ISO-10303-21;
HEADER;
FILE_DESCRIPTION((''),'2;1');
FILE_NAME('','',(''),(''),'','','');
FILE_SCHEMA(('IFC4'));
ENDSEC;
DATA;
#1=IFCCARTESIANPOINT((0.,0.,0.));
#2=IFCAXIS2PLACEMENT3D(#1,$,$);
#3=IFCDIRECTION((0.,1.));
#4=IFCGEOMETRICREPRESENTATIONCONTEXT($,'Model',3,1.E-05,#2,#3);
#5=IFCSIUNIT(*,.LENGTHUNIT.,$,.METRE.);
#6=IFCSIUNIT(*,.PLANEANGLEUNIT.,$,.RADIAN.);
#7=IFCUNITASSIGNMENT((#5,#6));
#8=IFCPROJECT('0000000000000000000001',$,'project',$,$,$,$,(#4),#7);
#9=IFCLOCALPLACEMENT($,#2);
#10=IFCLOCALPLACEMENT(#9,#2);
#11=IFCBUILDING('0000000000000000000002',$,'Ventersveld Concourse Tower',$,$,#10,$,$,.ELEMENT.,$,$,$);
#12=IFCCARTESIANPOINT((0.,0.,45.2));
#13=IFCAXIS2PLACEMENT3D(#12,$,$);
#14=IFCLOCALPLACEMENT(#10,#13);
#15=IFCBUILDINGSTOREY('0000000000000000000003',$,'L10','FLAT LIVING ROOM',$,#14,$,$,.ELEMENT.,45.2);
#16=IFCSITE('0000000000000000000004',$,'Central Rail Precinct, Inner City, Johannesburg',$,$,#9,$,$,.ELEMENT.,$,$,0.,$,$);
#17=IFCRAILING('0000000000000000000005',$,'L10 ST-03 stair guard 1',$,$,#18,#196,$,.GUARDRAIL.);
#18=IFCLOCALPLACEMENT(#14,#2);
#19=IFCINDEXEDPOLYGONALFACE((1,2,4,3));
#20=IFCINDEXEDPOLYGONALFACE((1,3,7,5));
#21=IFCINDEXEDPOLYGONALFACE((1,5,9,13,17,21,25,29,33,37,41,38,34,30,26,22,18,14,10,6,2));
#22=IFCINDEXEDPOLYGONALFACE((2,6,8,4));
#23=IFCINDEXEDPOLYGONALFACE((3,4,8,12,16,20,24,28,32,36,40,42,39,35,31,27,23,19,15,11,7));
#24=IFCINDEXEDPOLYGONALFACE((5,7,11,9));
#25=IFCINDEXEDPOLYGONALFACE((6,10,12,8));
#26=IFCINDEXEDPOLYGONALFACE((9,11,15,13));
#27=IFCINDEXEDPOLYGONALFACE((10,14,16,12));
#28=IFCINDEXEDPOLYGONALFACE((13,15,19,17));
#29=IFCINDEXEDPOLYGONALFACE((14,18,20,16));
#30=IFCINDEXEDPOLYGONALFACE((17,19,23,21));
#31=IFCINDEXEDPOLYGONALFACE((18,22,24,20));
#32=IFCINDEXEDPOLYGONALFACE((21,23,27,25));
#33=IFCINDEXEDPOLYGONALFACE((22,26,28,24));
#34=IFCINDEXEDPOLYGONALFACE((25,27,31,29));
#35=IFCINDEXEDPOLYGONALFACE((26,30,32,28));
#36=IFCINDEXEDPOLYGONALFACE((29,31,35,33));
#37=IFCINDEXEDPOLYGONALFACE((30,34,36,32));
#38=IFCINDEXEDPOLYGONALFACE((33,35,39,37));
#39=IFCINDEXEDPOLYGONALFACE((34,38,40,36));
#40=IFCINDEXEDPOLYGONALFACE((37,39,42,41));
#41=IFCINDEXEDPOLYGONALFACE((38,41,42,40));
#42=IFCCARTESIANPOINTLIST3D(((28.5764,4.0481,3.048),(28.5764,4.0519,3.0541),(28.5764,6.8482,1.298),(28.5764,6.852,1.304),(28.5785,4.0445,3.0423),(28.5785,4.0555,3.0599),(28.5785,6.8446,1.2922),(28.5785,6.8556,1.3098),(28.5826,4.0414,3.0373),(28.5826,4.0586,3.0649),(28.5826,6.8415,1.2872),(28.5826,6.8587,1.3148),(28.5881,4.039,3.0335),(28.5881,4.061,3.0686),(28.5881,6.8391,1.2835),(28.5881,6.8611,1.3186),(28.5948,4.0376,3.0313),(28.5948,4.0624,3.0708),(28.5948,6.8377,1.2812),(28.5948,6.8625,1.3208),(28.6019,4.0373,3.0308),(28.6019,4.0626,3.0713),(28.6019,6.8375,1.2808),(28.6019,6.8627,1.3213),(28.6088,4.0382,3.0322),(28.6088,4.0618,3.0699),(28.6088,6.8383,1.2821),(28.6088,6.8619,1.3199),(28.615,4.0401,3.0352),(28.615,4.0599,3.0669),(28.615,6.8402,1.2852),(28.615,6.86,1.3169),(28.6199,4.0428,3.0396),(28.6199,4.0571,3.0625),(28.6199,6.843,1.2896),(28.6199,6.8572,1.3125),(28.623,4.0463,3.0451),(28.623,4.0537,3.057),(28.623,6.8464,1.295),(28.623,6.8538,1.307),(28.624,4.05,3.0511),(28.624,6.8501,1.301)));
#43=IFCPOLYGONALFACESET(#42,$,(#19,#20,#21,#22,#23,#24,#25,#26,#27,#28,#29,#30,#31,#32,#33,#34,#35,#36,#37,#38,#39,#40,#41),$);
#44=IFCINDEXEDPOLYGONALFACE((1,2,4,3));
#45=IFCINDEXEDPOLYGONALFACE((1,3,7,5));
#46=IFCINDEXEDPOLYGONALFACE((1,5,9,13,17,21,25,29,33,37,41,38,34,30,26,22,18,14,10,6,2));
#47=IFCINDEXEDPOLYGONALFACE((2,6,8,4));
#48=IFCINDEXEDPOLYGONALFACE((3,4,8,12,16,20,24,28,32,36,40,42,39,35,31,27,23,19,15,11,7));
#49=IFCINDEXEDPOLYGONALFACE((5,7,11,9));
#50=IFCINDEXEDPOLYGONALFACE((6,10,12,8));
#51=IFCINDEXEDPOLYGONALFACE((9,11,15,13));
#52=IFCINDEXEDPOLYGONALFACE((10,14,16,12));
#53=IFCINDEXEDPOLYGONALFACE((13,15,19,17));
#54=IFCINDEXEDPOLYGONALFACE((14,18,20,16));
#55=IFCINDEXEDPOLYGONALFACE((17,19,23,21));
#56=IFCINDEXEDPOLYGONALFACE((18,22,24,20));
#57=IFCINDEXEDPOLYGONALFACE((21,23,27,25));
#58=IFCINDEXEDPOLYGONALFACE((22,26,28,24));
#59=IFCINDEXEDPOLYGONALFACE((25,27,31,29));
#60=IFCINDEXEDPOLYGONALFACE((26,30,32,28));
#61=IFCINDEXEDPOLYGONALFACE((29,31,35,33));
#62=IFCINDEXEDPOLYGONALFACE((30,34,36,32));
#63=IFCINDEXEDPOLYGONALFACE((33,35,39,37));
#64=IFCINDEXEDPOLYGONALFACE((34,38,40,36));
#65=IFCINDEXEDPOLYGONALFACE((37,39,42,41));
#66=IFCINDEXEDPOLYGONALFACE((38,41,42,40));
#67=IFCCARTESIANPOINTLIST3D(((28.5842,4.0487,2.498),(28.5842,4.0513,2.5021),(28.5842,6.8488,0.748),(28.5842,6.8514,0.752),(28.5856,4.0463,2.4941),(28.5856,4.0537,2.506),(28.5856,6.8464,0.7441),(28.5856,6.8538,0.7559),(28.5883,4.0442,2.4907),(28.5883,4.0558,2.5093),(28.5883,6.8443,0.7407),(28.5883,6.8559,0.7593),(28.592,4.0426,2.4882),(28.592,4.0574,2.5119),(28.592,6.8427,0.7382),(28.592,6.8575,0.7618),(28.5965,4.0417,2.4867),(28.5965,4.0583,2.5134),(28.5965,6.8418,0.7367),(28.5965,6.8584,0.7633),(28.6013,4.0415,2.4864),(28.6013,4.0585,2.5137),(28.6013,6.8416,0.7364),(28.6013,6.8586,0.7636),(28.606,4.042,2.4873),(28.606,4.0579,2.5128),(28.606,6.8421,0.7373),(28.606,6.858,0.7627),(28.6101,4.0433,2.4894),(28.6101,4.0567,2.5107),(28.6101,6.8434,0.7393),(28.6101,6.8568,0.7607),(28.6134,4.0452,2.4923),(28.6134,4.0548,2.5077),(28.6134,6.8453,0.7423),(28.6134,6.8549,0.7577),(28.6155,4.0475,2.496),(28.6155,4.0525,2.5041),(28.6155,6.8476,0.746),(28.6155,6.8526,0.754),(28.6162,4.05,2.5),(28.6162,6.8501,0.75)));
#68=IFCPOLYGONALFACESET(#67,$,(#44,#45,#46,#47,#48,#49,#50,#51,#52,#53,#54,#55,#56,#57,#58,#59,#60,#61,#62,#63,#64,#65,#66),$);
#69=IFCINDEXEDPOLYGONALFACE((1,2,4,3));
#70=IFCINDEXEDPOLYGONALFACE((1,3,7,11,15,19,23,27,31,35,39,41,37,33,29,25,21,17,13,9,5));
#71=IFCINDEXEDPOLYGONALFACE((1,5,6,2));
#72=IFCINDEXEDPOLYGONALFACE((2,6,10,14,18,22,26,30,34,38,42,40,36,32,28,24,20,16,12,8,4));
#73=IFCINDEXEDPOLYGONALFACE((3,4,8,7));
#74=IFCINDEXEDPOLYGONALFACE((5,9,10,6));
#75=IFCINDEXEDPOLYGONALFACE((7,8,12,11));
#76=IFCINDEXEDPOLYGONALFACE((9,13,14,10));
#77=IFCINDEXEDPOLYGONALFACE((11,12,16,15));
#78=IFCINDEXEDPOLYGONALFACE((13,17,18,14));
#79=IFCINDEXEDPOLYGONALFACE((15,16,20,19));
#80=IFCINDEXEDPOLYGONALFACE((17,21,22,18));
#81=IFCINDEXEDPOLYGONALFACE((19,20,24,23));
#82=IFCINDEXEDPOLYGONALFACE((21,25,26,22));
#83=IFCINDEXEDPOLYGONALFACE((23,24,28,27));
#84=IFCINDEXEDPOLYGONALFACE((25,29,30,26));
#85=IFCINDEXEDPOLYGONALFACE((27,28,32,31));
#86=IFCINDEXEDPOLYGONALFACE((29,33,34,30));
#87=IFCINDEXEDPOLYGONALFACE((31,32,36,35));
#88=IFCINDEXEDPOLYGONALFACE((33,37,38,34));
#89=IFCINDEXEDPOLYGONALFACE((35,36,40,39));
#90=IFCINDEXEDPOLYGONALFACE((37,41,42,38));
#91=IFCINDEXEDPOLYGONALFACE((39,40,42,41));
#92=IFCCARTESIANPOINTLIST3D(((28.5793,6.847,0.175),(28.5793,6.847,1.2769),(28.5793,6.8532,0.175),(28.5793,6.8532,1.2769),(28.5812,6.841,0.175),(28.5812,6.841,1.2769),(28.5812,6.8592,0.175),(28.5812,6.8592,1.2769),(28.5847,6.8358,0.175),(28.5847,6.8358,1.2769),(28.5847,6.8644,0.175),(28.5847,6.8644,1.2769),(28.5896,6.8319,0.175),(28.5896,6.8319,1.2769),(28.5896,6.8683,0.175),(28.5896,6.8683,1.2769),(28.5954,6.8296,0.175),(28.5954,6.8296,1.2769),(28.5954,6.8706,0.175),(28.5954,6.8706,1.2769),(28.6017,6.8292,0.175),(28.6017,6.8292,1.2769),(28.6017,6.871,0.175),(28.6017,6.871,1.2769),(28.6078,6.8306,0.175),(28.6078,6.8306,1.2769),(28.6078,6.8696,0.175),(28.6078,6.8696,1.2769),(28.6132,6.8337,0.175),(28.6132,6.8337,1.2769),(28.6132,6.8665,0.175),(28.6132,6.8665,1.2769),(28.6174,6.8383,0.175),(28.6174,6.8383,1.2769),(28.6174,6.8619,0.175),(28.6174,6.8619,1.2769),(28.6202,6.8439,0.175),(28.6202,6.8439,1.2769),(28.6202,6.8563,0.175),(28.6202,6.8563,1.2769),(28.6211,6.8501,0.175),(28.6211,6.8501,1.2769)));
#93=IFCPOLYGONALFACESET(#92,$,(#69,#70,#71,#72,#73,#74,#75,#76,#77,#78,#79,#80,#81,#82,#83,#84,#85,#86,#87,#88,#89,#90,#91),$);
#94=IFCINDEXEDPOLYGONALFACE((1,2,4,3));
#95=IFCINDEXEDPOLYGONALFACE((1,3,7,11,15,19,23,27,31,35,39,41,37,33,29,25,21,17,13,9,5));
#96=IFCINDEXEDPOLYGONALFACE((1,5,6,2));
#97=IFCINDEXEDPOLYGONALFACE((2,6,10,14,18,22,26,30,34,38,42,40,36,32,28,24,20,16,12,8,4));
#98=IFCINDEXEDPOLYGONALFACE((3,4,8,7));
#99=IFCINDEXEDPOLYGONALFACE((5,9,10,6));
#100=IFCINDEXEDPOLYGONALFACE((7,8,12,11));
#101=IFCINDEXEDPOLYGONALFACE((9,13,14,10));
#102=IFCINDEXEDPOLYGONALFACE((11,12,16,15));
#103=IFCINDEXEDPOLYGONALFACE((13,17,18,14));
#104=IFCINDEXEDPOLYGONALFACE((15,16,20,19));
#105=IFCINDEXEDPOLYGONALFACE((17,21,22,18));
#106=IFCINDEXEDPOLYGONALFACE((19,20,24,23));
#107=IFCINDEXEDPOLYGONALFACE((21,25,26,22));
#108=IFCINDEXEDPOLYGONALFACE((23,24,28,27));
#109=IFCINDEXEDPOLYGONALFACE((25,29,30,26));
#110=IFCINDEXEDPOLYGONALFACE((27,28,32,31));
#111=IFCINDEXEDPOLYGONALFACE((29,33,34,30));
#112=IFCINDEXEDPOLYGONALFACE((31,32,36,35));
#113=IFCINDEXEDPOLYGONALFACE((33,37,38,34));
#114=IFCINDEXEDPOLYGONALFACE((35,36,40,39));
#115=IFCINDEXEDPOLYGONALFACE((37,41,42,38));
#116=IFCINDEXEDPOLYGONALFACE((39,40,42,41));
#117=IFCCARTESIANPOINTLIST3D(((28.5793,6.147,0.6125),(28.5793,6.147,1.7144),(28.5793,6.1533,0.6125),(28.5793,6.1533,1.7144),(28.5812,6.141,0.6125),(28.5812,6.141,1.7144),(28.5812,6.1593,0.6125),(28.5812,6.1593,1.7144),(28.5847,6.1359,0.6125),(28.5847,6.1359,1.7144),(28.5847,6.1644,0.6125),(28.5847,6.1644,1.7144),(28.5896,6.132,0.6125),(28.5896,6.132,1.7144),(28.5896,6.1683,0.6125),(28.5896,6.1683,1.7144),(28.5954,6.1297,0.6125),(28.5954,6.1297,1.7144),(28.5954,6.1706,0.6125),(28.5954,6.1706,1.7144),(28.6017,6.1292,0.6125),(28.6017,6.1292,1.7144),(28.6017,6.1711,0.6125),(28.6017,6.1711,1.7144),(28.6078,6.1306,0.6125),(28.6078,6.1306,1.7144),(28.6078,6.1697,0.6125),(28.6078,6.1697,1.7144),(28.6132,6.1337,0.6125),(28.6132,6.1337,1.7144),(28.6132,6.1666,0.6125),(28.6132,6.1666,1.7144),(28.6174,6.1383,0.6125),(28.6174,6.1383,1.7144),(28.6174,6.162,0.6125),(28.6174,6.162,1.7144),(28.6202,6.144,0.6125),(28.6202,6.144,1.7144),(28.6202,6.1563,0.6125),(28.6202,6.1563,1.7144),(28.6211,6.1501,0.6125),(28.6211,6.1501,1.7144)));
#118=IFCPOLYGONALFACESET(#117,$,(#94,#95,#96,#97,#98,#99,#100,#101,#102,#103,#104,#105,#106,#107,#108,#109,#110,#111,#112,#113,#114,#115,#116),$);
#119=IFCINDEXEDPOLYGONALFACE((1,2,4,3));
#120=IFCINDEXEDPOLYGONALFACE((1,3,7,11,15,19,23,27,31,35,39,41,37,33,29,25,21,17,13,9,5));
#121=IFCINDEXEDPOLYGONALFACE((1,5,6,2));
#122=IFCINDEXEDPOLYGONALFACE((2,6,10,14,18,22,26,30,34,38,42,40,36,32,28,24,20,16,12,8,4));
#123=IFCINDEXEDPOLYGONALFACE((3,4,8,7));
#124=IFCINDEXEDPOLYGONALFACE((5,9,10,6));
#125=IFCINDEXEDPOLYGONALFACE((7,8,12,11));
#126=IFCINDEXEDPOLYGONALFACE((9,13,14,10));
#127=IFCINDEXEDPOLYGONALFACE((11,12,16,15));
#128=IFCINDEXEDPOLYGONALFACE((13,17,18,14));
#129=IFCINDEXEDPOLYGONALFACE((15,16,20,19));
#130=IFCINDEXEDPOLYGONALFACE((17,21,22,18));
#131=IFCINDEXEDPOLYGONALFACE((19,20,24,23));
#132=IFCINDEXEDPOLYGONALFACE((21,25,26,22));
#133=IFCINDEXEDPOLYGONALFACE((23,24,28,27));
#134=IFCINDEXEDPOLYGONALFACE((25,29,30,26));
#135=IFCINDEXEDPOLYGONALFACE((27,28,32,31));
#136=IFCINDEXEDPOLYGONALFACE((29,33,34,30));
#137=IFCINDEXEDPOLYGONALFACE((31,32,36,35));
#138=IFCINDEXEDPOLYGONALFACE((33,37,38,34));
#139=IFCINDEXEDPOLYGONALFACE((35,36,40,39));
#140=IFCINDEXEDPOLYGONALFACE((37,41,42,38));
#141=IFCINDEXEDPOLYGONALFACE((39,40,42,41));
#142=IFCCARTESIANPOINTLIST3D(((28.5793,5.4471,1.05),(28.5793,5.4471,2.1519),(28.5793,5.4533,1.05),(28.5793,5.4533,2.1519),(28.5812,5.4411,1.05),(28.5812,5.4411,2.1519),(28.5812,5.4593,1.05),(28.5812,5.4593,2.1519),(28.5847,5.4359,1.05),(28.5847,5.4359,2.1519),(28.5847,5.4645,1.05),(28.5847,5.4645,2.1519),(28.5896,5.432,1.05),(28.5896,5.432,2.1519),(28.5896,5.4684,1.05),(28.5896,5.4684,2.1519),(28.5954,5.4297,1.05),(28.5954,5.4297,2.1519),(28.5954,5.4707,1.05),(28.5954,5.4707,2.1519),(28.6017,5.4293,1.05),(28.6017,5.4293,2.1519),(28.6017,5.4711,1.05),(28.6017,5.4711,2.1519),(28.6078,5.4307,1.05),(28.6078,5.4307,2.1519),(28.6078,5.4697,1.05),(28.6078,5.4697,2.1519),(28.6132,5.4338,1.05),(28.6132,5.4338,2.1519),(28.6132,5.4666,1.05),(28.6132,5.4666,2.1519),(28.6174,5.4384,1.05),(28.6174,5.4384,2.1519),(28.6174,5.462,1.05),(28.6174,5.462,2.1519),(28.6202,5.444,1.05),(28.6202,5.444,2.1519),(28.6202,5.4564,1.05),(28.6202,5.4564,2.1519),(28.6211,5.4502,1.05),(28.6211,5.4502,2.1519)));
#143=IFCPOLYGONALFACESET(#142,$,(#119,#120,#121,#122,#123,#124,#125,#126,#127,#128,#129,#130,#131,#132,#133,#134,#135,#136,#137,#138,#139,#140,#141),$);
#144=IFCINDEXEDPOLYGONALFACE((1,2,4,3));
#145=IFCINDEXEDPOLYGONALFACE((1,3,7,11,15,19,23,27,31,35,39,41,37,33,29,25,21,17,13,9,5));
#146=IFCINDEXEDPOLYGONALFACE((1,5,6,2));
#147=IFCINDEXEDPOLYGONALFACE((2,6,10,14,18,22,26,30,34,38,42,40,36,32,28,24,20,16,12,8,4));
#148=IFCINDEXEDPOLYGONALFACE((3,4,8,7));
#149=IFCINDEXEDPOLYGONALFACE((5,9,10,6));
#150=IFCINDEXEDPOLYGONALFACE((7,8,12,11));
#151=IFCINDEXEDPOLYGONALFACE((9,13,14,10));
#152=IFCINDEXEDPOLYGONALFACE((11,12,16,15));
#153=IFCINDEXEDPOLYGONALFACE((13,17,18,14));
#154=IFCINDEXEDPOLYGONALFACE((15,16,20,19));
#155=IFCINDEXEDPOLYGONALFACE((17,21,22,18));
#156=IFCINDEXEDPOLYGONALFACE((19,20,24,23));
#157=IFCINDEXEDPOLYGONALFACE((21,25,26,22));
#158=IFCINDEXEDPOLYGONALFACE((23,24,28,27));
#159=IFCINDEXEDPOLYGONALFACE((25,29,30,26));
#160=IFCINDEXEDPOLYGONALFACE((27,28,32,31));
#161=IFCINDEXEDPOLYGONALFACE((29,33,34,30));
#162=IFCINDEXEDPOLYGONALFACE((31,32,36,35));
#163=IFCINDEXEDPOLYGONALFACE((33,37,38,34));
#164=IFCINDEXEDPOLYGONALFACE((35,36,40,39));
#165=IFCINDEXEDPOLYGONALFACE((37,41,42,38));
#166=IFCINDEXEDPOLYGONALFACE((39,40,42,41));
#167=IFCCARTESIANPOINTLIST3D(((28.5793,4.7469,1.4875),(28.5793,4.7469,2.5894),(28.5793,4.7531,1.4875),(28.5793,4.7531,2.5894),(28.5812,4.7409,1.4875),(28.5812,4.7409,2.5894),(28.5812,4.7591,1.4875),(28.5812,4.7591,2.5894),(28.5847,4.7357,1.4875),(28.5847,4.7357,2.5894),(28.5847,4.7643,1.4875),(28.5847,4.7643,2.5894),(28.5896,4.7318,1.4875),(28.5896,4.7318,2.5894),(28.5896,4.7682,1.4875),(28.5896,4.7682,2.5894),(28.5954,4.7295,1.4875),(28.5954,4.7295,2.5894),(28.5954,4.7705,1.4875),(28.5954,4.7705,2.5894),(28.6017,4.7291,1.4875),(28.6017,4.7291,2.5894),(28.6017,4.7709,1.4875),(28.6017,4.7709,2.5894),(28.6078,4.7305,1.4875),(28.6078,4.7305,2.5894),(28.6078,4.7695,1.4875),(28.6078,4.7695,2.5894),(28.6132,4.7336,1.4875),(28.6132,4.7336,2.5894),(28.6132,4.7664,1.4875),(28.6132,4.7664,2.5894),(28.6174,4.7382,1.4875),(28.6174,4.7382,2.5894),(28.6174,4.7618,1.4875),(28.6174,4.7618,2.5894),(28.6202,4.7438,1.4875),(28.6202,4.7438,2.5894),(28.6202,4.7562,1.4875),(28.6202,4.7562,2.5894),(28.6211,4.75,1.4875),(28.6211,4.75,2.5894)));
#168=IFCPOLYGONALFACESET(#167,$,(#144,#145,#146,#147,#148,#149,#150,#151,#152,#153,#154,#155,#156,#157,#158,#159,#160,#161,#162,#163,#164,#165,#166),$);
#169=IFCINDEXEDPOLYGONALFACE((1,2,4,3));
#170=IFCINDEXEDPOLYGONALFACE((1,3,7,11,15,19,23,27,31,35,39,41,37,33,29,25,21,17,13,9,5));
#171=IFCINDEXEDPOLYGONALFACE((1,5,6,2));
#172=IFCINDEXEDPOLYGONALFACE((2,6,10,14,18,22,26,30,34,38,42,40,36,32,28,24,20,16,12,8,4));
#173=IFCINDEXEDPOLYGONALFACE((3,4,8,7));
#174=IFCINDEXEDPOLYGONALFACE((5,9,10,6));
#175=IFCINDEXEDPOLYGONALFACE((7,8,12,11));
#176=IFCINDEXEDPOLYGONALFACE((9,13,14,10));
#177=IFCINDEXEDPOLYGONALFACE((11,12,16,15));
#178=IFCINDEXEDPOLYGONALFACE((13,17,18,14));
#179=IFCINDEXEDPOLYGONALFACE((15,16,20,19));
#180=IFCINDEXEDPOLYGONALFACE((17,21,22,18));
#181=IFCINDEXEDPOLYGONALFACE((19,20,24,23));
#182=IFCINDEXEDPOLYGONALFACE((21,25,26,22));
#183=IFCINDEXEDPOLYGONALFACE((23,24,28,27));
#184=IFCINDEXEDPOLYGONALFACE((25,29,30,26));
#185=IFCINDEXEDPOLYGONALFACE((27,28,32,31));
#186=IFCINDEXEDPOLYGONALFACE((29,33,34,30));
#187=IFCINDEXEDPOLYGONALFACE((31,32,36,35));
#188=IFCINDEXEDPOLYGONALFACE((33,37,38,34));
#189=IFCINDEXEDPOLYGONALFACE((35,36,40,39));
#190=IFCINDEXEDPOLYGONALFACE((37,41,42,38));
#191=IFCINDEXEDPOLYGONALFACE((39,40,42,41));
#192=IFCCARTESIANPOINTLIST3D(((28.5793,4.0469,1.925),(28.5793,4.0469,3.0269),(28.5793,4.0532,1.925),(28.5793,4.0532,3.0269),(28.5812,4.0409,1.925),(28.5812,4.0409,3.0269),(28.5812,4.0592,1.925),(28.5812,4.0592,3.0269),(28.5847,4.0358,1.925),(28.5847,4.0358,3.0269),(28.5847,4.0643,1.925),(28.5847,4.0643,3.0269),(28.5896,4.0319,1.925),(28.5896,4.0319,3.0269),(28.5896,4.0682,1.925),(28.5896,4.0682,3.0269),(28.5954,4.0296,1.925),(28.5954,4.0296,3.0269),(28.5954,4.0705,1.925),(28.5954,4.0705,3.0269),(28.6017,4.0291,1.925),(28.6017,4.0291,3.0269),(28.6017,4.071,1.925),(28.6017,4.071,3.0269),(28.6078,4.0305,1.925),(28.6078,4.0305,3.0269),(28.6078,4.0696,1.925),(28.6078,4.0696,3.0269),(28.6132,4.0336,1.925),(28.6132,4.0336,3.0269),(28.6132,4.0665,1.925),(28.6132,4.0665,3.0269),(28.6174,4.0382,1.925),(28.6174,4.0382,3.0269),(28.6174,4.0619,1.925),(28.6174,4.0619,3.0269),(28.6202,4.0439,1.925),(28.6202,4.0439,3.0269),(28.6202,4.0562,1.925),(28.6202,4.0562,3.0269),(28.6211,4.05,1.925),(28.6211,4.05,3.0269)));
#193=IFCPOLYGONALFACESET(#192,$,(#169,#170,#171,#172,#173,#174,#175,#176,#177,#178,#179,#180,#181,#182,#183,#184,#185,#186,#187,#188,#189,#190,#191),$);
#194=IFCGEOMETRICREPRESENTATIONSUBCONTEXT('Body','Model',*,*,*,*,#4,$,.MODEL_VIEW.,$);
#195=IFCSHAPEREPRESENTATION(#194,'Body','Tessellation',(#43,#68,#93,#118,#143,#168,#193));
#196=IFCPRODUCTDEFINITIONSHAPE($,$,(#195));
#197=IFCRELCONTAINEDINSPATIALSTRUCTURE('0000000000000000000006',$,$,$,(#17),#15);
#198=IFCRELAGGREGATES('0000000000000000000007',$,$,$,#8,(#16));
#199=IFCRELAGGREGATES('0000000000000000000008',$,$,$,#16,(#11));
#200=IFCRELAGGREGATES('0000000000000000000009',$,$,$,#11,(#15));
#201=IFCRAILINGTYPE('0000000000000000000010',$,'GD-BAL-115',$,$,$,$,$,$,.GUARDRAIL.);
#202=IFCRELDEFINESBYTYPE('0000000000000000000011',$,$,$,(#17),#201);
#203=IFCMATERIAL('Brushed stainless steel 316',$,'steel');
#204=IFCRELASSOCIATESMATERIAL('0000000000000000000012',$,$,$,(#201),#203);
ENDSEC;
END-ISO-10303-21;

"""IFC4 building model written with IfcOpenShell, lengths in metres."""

from ifc_helpers import new_model, si_unit, direction, frame, origin, origin_2d, place, context, subcontext, project, spatial, circle, extrude, material, type_object, element, save


model = new_model("IFC4")

# Units and contexts
model_context = context("Model", 3, precision=1e-05, world=origin(), true_north=direction((0.0, 1.0)))
body_context = subcontext(model_context, "Body", "Model", "MODEL_VIEW")
ifc_project = project(units=[si_unit("LENGTHUNIT", "METRE"), si_unit("PLANEANGLEUNIT", "RADIAN")], contexts=[model_context])

# Site, building, storey
site_placement = place(None, origin())
site = spatial("IfcSite", under=ifc_project, at=site_placement, Name="Central Rail Precinct, Inner City, Johannesburg", CompositionType="ELEMENT", RefElevation=0.0)
building_placement = place(site_placement, origin())
building = spatial("IfcBuilding", under=site, at=building_placement, Name="Ventersveld Concourse Tower", CompositionType="ELEMENT")
storey_placement = place(building_placement, frame((0.0, 0.0, 45.2)))
storey = spatial("IfcBuildingStorey", under=building, at=storey_placement, Name="L10", Description="FLAT LIVING ROOM", CompositionType="ELEMENT", Elevation=45.2)

# Shared definitions
ifc_material_1 = material(Name="Brushed stainless steel 316", Category="steel")

# Railing
railing_type_1 = type_object("IfcRailingType", Name="GD-BAL-115", PredefinedType="GUARDRAIL", material=ifc_material_1)
railing_1_placement = place(storey_placement, frame((28.6001, 6.8501, 0.175)))
element("IfcRailing", 1, at=railing_1_placement, inside=storey, type_object=railing_type_1, Name="L10 ST-03 stair guard 1", PredefinedType="GUARDRAIL", context=body_context, shape_type="SweptSolid", body=[
    extrude(circle(Radius=0.0239, at=origin_2d()), frame((0.0, 0.0, 1.126), z_axis=(0.0, -0.848002, 0.529992), x_axis=(1.0, 0.0, 0.0)), (0.0, 0.0, 1.0), 3.302),
    extrude(circle(Radius=0.0161, at=origin_2d()), frame((0.0, 0.0, 0.575), z_axis=(0.0, -0.848002, 0.529992), x_axis=(1.0, 0.0, 0.0)), (0.0, 0.0, 1.0), 3.302),
    extrude(circle(Radius=0.021, at=origin_2d()), origin(), (0.0, 0.0, 1.0), 1.1018),
    extrude(circle(Radius=0.021, at=origin_2d()), frame((0.0, -0.7, 0.4375)), (0.0, 0.0, 1.0), 1.1018),
    extrude(circle(Radius=0.021, at=origin_2d()), frame((0.0, -1.3999, 0.875)), (0.0, 0.0, 1.0), 1.1018),
    extrude(circle(Radius=0.021, at=origin_2d()), frame((0.0, -2.1001, 1.3125)), (0.0, 0.0, 1.0), 1.1018),
    extrude(circle(Radius=0.021, at=origin_2d()), frame((0.0, -2.8, 1.75)), (0.0, 0.0, 1.0), 1.1018),
])

save(model, "model.ifc")
